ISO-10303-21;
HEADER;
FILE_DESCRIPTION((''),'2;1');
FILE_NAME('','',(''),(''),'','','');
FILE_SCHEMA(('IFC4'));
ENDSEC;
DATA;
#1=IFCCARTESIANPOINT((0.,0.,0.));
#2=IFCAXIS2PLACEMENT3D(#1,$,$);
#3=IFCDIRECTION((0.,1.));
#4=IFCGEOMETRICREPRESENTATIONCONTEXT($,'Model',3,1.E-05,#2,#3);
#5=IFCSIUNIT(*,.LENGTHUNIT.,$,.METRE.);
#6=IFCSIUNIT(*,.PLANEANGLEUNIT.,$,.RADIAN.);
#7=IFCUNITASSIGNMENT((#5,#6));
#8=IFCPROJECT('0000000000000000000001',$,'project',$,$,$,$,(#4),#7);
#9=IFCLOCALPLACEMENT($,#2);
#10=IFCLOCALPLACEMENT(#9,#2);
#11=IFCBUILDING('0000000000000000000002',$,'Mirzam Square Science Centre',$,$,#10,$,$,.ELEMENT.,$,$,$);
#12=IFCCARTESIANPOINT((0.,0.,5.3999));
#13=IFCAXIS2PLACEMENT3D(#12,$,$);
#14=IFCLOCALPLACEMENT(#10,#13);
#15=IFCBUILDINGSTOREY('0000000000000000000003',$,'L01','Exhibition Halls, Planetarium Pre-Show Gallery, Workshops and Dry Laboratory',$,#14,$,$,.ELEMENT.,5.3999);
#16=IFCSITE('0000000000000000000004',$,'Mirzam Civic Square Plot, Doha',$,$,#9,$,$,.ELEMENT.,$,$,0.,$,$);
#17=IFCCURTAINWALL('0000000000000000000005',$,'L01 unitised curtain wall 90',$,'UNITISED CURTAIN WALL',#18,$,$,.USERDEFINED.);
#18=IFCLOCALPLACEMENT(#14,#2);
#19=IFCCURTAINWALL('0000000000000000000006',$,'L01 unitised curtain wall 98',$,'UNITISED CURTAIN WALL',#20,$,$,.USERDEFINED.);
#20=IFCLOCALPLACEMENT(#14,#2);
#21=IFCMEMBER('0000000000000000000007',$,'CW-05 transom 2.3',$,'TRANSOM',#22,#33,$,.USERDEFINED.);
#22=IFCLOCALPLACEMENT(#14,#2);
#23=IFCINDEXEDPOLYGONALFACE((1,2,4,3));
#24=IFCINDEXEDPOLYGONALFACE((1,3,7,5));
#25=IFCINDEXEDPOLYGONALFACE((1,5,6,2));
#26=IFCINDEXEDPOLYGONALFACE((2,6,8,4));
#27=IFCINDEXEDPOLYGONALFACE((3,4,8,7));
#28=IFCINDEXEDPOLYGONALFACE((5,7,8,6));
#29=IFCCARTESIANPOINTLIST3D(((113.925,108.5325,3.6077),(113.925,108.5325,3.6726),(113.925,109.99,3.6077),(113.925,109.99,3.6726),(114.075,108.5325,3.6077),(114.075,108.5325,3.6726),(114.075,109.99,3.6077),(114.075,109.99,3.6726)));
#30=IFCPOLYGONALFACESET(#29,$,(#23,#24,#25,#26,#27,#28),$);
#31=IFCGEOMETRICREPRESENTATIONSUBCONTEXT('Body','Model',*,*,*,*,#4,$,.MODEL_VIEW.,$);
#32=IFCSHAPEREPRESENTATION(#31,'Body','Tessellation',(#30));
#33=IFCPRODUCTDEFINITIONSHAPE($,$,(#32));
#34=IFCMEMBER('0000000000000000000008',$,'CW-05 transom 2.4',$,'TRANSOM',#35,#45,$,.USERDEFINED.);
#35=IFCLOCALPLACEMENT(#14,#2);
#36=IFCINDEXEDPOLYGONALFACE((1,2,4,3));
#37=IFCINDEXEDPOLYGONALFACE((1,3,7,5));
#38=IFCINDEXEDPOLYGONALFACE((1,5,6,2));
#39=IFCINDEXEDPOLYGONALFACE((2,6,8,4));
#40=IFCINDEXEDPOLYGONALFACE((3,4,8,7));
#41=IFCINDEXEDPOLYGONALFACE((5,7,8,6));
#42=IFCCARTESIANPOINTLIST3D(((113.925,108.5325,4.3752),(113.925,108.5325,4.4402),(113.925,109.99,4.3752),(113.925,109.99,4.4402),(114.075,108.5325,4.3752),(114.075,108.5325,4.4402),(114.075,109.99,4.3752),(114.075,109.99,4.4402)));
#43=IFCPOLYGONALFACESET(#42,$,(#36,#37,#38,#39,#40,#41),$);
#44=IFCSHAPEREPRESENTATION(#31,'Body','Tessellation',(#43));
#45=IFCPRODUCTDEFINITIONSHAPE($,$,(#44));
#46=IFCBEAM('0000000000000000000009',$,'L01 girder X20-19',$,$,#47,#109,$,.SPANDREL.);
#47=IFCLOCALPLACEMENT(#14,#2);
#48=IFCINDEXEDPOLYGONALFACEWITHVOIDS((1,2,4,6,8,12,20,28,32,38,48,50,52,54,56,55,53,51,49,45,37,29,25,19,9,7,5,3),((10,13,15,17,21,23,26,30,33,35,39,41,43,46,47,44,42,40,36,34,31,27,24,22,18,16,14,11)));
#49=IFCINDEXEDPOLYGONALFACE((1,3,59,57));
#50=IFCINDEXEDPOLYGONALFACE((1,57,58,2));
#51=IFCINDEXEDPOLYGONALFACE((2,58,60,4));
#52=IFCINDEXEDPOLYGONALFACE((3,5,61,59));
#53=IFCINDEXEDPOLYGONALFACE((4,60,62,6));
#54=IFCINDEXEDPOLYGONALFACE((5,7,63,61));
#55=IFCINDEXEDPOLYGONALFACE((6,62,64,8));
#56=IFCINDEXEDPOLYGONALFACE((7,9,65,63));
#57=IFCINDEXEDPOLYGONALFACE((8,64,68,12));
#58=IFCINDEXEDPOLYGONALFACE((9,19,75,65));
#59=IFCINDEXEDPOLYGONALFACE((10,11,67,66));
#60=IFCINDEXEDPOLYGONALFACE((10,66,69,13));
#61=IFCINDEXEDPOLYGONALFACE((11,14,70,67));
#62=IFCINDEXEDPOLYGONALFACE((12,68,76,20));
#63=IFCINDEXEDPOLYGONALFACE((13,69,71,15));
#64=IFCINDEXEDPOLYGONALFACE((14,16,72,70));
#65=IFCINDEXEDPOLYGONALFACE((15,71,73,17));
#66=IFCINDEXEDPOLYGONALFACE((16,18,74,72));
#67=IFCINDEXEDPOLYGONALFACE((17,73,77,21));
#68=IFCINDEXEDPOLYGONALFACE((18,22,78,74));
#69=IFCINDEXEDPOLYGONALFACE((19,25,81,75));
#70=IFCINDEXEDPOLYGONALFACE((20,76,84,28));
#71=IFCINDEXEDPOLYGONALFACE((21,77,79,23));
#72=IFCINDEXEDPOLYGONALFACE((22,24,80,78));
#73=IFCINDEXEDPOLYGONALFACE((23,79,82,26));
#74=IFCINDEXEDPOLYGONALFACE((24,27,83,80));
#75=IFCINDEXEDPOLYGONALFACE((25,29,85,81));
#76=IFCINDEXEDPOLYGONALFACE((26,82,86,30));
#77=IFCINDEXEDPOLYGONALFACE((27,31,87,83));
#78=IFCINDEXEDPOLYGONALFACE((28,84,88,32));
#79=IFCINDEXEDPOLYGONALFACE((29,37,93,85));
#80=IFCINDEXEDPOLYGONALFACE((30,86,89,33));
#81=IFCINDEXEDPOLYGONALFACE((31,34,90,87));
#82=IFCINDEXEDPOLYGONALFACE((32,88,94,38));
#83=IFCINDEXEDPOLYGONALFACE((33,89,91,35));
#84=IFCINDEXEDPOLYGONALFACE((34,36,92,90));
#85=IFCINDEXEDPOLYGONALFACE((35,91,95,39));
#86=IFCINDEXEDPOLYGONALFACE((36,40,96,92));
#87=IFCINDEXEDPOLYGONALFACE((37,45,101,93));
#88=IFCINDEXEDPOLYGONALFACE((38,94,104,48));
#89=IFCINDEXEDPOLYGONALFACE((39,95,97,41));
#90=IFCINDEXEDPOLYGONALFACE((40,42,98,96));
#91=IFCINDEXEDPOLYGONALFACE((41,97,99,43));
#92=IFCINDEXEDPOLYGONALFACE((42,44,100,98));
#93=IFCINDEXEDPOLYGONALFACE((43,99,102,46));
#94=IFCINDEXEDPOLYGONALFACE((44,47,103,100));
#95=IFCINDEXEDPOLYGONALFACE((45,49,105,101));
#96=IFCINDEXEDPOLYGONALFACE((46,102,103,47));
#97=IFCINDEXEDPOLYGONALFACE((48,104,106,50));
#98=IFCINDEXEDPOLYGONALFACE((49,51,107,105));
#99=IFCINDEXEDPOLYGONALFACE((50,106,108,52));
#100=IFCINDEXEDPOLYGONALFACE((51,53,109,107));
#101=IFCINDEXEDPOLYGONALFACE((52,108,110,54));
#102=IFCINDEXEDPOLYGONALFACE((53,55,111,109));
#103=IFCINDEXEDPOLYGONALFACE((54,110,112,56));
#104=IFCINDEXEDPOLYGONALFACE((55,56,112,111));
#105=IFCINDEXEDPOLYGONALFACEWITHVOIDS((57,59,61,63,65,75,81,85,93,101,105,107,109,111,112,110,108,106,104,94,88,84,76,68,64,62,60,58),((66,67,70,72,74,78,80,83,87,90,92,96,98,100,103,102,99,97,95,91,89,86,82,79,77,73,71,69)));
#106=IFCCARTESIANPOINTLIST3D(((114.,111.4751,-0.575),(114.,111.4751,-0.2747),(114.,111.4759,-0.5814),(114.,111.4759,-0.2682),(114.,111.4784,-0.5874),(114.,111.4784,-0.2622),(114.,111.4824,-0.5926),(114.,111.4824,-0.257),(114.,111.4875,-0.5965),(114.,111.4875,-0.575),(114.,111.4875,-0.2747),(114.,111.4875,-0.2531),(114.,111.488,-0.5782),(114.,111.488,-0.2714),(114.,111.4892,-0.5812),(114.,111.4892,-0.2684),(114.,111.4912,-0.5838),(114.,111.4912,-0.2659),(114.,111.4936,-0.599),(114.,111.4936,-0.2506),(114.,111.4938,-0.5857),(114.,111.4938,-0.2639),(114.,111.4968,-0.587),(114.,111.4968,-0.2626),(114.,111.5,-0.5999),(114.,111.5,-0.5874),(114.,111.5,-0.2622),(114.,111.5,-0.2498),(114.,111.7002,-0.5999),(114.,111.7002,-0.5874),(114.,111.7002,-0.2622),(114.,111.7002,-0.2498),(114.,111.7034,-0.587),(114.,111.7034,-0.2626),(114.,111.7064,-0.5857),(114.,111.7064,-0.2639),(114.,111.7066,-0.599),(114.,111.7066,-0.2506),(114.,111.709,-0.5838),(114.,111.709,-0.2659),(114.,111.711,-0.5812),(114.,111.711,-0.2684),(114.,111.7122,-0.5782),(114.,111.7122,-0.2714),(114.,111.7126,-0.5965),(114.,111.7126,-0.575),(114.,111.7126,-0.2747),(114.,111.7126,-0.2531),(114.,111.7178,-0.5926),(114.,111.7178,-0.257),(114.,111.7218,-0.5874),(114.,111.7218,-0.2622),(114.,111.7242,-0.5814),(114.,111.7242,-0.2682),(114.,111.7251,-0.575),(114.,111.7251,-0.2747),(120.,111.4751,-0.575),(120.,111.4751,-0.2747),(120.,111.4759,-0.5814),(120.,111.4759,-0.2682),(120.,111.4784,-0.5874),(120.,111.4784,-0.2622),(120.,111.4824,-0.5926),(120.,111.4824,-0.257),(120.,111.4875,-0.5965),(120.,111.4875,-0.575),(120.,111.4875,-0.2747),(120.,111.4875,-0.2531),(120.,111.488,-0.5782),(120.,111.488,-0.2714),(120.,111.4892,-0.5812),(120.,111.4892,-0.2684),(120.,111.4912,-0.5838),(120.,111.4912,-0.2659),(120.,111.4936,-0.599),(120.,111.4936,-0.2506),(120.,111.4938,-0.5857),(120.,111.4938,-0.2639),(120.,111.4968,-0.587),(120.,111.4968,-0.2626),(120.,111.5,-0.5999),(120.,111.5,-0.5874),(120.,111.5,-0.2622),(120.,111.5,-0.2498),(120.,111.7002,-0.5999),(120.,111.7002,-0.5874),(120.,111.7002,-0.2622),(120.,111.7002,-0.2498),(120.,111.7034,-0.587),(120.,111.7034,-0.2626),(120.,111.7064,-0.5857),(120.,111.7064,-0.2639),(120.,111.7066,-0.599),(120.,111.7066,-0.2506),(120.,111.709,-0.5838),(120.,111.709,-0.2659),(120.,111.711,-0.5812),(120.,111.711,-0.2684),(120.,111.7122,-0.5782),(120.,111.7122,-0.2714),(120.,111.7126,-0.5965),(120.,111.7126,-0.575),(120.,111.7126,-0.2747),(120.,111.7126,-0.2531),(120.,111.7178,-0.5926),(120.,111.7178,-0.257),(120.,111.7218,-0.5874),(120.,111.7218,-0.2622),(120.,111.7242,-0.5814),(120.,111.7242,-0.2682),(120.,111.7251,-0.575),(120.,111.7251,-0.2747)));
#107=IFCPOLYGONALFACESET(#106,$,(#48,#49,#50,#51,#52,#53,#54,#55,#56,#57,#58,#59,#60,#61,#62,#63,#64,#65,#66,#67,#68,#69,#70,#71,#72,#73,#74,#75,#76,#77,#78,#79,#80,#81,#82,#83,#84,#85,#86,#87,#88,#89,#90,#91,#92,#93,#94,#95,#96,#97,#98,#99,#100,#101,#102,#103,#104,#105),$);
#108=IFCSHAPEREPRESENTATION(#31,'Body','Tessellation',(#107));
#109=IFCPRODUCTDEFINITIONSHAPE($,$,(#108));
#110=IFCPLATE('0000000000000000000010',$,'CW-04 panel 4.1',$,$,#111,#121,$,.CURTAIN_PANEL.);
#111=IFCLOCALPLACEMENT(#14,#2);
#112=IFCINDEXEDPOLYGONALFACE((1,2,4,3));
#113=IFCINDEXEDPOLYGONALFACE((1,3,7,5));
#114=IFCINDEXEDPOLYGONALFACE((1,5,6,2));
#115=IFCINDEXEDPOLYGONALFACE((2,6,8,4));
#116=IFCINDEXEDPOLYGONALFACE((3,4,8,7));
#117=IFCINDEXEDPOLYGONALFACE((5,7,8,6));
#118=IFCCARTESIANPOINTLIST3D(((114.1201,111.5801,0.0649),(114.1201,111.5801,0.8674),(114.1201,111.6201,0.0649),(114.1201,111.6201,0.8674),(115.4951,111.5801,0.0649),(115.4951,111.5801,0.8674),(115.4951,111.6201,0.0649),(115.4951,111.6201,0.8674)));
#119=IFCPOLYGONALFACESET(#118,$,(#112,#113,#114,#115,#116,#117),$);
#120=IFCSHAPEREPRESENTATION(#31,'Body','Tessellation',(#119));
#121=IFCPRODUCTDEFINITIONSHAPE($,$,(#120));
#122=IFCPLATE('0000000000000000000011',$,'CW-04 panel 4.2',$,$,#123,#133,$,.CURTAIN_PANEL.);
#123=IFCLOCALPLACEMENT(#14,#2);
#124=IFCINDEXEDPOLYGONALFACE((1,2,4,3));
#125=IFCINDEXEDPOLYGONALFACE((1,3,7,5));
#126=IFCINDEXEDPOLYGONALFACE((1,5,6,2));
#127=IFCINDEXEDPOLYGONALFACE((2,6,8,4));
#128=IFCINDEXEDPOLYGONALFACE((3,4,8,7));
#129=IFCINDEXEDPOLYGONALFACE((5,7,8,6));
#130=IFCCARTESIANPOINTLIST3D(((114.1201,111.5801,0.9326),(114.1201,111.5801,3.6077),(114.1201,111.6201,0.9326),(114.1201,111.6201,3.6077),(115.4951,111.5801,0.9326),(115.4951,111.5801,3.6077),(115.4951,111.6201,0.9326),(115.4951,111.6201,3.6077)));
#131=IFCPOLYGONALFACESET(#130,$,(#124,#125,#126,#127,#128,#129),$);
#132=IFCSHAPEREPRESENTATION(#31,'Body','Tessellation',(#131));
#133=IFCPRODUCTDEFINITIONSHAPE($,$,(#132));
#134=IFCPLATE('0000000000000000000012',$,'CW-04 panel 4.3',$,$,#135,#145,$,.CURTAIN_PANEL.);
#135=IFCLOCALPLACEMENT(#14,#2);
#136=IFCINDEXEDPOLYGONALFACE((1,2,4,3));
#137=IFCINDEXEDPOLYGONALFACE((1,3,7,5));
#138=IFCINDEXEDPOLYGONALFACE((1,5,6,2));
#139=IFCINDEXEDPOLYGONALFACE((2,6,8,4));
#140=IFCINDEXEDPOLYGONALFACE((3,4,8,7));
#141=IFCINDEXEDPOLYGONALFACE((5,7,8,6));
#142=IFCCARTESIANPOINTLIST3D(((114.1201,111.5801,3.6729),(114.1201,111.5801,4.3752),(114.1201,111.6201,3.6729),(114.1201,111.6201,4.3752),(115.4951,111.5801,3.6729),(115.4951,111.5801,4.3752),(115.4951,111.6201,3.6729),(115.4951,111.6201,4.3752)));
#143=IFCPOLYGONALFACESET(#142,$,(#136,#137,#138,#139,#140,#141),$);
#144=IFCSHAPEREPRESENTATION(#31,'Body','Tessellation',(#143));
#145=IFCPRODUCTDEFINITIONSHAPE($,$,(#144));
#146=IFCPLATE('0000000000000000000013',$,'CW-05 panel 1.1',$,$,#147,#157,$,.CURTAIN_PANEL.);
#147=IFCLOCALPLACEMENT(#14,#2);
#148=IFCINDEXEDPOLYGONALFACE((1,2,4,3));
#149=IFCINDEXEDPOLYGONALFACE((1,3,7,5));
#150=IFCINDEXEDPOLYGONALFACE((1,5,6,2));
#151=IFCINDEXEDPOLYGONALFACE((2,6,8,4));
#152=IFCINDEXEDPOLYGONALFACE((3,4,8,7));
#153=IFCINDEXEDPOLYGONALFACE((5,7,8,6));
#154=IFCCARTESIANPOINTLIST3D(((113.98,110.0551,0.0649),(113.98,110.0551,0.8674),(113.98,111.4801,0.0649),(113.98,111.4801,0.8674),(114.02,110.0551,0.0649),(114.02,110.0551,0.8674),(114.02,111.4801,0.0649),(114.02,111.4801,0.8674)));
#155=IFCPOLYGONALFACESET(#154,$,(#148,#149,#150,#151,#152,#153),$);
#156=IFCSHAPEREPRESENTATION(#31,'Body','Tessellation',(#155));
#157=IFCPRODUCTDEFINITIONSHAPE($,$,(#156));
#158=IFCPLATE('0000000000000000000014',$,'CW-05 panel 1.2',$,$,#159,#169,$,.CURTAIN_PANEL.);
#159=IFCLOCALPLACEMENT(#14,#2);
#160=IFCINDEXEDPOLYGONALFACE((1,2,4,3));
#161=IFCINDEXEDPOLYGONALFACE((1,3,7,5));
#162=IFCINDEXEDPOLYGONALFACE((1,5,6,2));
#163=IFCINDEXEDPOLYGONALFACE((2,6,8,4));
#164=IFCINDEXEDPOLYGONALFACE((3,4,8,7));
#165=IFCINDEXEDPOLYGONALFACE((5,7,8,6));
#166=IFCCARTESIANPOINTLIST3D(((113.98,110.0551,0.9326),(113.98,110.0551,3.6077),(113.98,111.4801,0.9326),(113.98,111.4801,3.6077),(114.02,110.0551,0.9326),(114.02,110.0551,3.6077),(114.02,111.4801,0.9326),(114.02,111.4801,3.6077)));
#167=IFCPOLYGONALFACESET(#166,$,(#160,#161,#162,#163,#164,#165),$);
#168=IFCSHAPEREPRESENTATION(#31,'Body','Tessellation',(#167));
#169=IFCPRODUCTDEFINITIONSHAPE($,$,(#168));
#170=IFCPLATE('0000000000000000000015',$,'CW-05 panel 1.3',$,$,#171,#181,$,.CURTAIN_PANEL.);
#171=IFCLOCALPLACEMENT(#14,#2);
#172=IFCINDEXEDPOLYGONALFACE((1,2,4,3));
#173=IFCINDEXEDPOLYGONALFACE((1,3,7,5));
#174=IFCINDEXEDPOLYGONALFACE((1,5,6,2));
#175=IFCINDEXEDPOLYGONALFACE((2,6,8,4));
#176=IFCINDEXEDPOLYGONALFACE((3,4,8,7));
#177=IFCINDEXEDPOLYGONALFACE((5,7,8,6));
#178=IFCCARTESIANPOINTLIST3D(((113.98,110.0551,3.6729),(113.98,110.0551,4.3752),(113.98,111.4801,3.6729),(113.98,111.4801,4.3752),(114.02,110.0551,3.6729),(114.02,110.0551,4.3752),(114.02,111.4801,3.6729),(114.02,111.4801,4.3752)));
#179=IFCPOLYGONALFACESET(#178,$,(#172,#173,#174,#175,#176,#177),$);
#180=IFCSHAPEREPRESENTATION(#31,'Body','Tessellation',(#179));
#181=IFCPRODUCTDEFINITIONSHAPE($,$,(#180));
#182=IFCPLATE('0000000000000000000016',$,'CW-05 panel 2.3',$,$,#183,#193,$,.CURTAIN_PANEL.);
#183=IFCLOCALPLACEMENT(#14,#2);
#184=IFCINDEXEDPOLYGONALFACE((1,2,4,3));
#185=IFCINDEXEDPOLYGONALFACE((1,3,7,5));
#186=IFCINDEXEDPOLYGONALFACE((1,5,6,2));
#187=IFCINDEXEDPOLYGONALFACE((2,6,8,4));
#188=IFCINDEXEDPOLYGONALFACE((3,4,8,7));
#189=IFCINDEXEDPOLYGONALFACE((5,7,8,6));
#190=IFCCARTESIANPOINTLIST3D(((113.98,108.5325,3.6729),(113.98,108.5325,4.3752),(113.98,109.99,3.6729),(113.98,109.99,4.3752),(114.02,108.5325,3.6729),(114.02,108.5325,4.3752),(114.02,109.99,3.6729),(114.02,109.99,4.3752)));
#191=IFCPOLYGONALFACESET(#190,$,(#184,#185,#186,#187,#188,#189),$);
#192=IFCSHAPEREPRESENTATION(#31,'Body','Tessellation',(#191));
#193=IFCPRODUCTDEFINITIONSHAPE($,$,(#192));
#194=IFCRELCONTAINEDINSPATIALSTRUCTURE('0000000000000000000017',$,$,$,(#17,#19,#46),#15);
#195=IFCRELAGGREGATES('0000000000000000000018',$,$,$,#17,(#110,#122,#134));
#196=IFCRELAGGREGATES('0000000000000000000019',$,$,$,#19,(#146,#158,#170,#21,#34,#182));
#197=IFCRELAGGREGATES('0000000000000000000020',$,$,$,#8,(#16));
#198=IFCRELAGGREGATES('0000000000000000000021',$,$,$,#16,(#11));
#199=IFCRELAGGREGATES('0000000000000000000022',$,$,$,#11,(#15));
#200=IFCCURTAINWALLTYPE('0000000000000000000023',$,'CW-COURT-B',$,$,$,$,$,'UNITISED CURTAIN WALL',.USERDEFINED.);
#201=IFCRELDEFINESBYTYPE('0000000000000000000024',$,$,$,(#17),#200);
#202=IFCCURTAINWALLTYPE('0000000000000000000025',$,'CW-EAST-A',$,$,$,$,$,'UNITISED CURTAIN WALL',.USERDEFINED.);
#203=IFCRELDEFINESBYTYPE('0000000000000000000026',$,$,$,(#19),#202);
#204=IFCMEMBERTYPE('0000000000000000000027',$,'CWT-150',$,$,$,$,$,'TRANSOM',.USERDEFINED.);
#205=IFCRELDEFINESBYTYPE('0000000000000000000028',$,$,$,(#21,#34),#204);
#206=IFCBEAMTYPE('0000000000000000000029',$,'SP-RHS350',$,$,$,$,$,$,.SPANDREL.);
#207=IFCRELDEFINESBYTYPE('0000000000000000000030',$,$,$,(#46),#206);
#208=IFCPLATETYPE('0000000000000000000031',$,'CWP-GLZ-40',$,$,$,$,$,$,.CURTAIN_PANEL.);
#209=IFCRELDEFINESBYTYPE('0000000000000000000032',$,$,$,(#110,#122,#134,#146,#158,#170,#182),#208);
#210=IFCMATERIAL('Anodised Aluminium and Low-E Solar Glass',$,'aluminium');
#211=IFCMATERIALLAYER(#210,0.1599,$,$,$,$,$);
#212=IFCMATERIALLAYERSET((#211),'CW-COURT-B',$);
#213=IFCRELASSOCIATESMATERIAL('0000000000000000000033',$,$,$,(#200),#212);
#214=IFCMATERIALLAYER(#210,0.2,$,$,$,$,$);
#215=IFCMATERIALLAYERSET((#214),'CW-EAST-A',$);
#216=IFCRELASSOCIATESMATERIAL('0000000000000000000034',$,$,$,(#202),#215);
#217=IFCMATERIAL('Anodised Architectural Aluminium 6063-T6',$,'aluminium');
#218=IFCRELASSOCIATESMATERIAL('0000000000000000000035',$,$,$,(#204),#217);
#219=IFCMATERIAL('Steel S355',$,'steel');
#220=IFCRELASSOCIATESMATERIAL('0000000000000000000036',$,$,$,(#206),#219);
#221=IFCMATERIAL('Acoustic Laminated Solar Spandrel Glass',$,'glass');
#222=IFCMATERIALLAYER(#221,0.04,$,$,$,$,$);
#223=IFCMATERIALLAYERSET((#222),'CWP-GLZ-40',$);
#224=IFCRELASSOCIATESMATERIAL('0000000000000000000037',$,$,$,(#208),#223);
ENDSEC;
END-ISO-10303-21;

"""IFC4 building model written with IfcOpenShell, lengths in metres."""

from ifc_helpers import new_model, si_unit, direction, frame, origin, origin_2d, place, context, subcontext, project, spatial, rectangle, hollow_rectangle, extrude, material, layer, layer_set, material_profile, profile_set, type_object, element, aggregate, save


model = new_model("IFC4")

# Units and contexts
model_context = context("Model", 3, precision=1e-05, world=origin(), true_north=direction((0.0, 1.0)))
body_context = subcontext(model_context, "Body", "Model", "MODEL_VIEW")
ifc_project = project(units=[si_unit("LENGTHUNIT", "METRE"), si_unit("PLANEANGLEUNIT", "RADIAN")], contexts=[model_context])

# Site, building, storey
site_placement = place(None, origin())
site = spatial("IfcSite", under=ifc_project, at=site_placement, Name="Mirzam Civic Square Plot, Doha", CompositionType="ELEMENT", RefElevation=0.0)
building_placement = place(site_placement, origin())
building = spatial("IfcBuilding", under=site, at=building_placement, Name="Mirzam Square Science Centre", CompositionType="ELEMENT")
storey_placement = place(building_placement, frame((0.0, 0.0, 5.3999)))
storey = spatial("IfcBuildingStorey", under=building, at=storey_placement, Name="L01", Description="Exhibition Halls, Planetarium Pre-Show Gallery, Workshops and Dry Laboratory", CompositionType="ELEMENT", Elevation=5.3999)

# Shared definitions
ifc_material_1 = material(Name="Steel S355", Category="steel")

# Curtain wall
ifc_material_2 = material(Name="Anodised Aluminium and Low-E Solar Glass", Category="aluminium")
ifc_layer_1 = layer(ifc_material_2, 0.1599)
ifc_layer_set_1 = layer_set([ifc_layer_1], Name="CW-COURT-B")
curtain_wall_type_1 = type_object("IfcCurtainWallType", Name="CW-COURT-B", ElementType="UNITISED CURTAIN WALL", PredefinedType="USERDEFINED", material=ifc_layer_set_1)
curtain_wall_1_placement = place(storey_placement, origin())
curtain_wall_1 = element("IfcCurtainWall", 1, at=curtain_wall_1_placement, inside=storey, type_object=curtain_wall_type_1, Name="L01 unitised curtain wall 90", ObjectType="UNITISED CURTAIN WALL", PredefinedType="USERDEFINED")
ifc_material_3 = material(Name="Anodised Architectural Aluminium 6063-T6", Category="aluminium")

# Curtain wall
ifc_layer_2 = layer(ifc_material_2, 0.2)
ifc_layer_set_2 = layer_set([ifc_layer_2], Name="CW-EAST-A")
curtain_wall_type_2 = type_object("IfcCurtainWallType", Name="CW-EAST-A", ElementType="UNITISED CURTAIN WALL", PredefinedType="USERDEFINED", material=ifc_layer_set_2)
curtain_wall_2_placement = place(storey_placement, origin())
curtain_wall_2 = element("IfcCurtainWall", 2, at=curtain_wall_2_placement, inside=storey, type_object=curtain_wall_type_2, Name="L01 unitised curtain wall 98", ObjectType="UNITISED CURTAIN WALL", PredefinedType="USERDEFINED")

# Members
ifc_material_profile_1 = material_profile(ifc_material_3, rectangle(XDim=0.1499, YDim=0.0649, at=origin_2d()), Name="ALU-TRAN-150x65x4")
ifc_profile_set_1 = profile_set([ifc_material_profile_1], Name="Anodised Architectural Aluminium 6063-T6")
member_type_1 = type_object("IfcMemberType", Name="CWT-150", ElementType="TRANSOM", PredefinedType="USERDEFINED", material=ifc_profile_set_1)
member_1_placement = place(storey_placement, frame((114.0, 109.99, 3.6401), z_axis=(0.0, -1.0, 0.0), x_axis=(1.0, 0.0, 0.0)))
member_1 = element("IfcMember", 3, at=member_1_placement, type_object=member_type_1, Name="CW-05 transom 2.3", ObjectType="TRANSOM", PredefinedType="USERDEFINED", context=body_context, shape_type="SweptSolid", body=[
    extrude(rectangle(XDim=0.1499, YDim=0.0649, at=origin_2d()), origin(), (0.0, 0.0, 1.0), 1.4575),
])
member_2_placement = place(storey_placement, frame((114.0, 109.99, 4.4077), z_axis=(0.0, -1.0, 0.0), x_axis=(1.0, 0.0, 0.0)))
member_2 = element("IfcMember", 4, at=member_2_placement, type_object=member_type_1, Name="CW-05 transom 2.4", ObjectType="TRANSOM", PredefinedType="USERDEFINED", context=body_context, shape_type="SweptSolid", body=[
    extrude(rectangle(XDim=0.1499, YDim=0.0649, at=origin_2d()), origin(), (0.0, 0.0, 1.0), 1.4575),
])

# Beam
ifc_material_profile_2 = material_profile(ifc_material_1, hollow_rectangle(XDim=0.25, YDim=0.3501, WallThickness=0.0125, InnerFilletRadius=0.0125, OuterFilletRadius=0.0249, at=origin_2d()), Name="350x250x12.5RHS")
ifc_profile_set_2 = profile_set([ifc_material_profile_2], Name="Steel S355")
beam_type = type_object("IfcBeamType", Name="SP-RHS350", PredefinedType="SPANDREL", material=ifc_profile_set_2)
beam_placement = place(storey_placement, frame((114.0, 111.6001, -0.4248), z_axis=(1.0, 0.0, 0.0), x_axis=(0.0, 1.0, 0.0)))
element("IfcBeam", 5, at=beam_placement, inside=storey, type_object=beam_type, Name="L01 girder X20-19", PredefinedType="SPANDREL", context=body_context, shape_type="SweptSolid", body=[
    extrude(hollow_rectangle(XDim=0.25, YDim=0.3501, WallThickness=0.0125, InnerFilletRadius=0.0125, OuterFilletRadius=0.0249, at=origin_2d()), origin(), (0.0, 0.0, 1.0), 6.0),
])

# Plates
ifc_material_4 = material(Name="Acoustic Laminated Solar Spandrel Glass", Category="glass")
ifc_layer_3 = layer(ifc_material_4, 0.04)
ifc_layer_set_3 = layer_set([ifc_layer_3], Name="CWP-GLZ-40")
plate_type = type_object("IfcPlateType", Name="CWP-GLZ-40", PredefinedType="CURTAIN_PANEL", material=ifc_layer_set_3)
plate_1_placement = place(storey_placement, frame((114.8076, 111.6001, 0.0649), z_axis=(0.0, 0.0, 1.0), x_axis=(-1.0, 0.0, 0.0)))
plate_1 = element("IfcPlate", 6, at=plate_1_placement, type_object=plate_type, Name="CW-04 panel 4.1", PredefinedType="CURTAIN_PANEL", context=body_context, shape_type="SweptSolid", body=[
    extrude(rectangle(XDim=1.375, YDim=0.04, at=origin_2d()), origin(), (0.0, 0.0, 1.0), 0.8025),
])
plate_2_placement = place(storey_placement, frame((114.8076, 111.6001, 0.9326), z_axis=(0.0, 0.0, 1.0), x_axis=(-1.0, 0.0, 0.0)))
plate_2 = element("IfcPlate", 7, at=plate_2_placement, type_object=plate_type, Name="CW-04 panel 4.2", PredefinedType="CURTAIN_PANEL", context=body_context, shape_type="SweptSolid", body=[
    extrude(rectangle(XDim=1.375, YDim=0.04, at=origin_2d()), origin(), (0.0, 0.0, 1.0), 2.675),
])
plate_3_placement = place(storey_placement, frame((114.8076, 111.6001, 3.6729), z_axis=(0.0, 0.0, 1.0), x_axis=(-1.0, 0.0, 0.0)))
plate_3 = element("IfcPlate", 8, at=plate_3_placement, type_object=plate_type, Name="CW-04 panel 4.3", PredefinedType="CURTAIN_PANEL", context=body_context, shape_type="SweptSolid", body=[
    extrude(rectangle(XDim=1.375, YDim=0.04, at=origin_2d()), origin(), (0.0, 0.0, 1.0), 0.7024),
])
aggregate(curtain_wall_1, [plate_1, plate_2, plate_3])
plate_4_placement = place(storey_placement, frame((114.0, 110.7676, 0.0649), z_axis=(0.0, 0.0, 1.0), x_axis=(0.0, -1.0, 0.0)))
plate_4 = element("IfcPlate", 9, at=plate_4_placement, type_object=plate_type, Name="CW-05 panel 1.1", PredefinedType="CURTAIN_PANEL", context=body_context, shape_type="SweptSolid", body=[
    extrude(rectangle(XDim=1.425, YDim=0.04, at=origin_2d()), origin(), (0.0, 0.0, 1.0), 0.8025),
])
plate_5_placement = place(storey_placement, frame((114.0, 110.7676, 0.9326), z_axis=(0.0, 0.0, 1.0), x_axis=(0.0, -1.0, 0.0)))
plate_5 = element("IfcPlate", 10, at=plate_5_placement, type_object=plate_type, Name="CW-05 panel 1.2", PredefinedType="CURTAIN_PANEL", context=body_context, shape_type="SweptSolid", body=[
    extrude(rectangle(XDim=1.425, YDim=0.04, at=origin_2d()), origin(), (0.0, 0.0, 1.0), 2.675),
])
plate_6_placement = place(storey_placement, frame((114.0, 110.7676, 3.6729), z_axis=(0.0, 0.0, 1.0), x_axis=(0.0, -1.0, 0.0)))
plate_6 = element("IfcPlate", 11, at=plate_6_placement, type_object=plate_type, Name="CW-05 panel 1.3", PredefinedType="CURTAIN_PANEL", context=body_context, shape_type="SweptSolid", body=[
    extrude(rectangle(XDim=1.425, YDim=0.04, at=origin_2d()), origin(), (0.0, 0.0, 1.0), 0.7024),
])
plate_7_placement = place(storey_placement, frame((114.0, 109.2612, 3.6729), z_axis=(0.0, 0.0, 1.0), x_axis=(0.0, -1.0, 0.0)))
plate_7 = element("IfcPlate", 12, at=plate_7_placement, type_object=plate_type, Name="CW-05 panel 2.3", PredefinedType="CURTAIN_PANEL", context=body_context, shape_type="SweptSolid", body=[
    extrude(rectangle(XDim=1.4575, YDim=0.04, at=origin_2d()), origin(), (0.0, 0.0, 1.0), 0.7024),
])
aggregate(curtain_wall_2, [plate_4, plate_5, plate_6, member_1, member_2, plate_7])

save(model, "model.ifc")
